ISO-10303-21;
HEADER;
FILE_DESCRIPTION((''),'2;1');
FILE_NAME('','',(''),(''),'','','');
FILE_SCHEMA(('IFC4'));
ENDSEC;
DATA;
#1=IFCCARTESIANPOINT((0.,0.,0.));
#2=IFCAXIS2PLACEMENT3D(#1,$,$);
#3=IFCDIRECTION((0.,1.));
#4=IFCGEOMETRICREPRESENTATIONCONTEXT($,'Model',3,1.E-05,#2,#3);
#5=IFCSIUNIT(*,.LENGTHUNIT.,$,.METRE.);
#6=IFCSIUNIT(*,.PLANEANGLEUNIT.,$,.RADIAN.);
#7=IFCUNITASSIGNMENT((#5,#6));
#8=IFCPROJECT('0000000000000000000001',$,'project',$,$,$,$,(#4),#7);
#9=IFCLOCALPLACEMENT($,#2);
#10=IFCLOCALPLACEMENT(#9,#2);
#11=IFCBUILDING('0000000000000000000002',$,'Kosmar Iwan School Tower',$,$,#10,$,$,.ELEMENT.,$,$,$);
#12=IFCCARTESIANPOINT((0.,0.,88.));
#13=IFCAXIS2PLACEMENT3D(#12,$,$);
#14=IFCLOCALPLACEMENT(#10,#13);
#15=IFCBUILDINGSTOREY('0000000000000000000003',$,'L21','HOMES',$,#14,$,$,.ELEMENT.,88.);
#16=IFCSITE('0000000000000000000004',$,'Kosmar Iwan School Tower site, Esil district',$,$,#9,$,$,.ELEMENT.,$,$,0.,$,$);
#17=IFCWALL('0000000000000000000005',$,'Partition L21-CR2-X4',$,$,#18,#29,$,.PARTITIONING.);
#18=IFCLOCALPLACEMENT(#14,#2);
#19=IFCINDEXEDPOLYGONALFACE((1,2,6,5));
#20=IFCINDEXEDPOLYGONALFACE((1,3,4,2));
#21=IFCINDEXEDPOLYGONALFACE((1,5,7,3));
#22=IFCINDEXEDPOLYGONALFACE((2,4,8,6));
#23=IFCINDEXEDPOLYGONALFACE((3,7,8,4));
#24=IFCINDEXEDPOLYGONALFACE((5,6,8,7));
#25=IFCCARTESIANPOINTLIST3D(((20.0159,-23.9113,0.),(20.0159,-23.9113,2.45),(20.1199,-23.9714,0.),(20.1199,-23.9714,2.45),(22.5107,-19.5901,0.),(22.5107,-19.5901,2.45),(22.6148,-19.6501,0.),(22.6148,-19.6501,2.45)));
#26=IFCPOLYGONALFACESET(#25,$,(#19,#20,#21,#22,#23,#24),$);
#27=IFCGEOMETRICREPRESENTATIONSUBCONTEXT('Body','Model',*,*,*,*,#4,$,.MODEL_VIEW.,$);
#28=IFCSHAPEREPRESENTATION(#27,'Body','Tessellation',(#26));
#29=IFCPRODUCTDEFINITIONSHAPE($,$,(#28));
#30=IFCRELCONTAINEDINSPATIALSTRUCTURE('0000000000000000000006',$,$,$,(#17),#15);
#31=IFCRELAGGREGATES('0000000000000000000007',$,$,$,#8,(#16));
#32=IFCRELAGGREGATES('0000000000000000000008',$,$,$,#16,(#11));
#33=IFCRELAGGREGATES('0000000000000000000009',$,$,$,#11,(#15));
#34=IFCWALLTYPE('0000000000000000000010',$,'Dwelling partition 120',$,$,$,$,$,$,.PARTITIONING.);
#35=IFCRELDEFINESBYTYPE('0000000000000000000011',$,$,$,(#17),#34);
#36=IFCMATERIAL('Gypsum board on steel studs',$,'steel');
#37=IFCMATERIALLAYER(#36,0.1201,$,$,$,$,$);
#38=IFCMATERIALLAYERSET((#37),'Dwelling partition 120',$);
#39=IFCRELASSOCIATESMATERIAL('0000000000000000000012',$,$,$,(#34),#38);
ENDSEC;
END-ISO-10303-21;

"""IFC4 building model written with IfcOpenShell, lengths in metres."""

from ifc_helpers import new_model, si_unit, direction, frame, frame_2d, origin, place, context, subcontext, project, spatial, rectangle, extrude, material, layer, layer_set, type_object, element, save


model = new_model("IFC4")

# Units and contexts
model_context = context("Model", 3, precision=1e-05, world=origin(), true_north=direction((0.0, 1.0)))
body_context = subcontext(model_context, "Body", "Model", "MODEL_VIEW")
ifc_project = project(units=[si_unit("LENGTHUNIT", "METRE"), si_unit("PLANEANGLEUNIT", "RADIAN")], contexts=[model_context])

# Site, building, storey
site_placement = place(None, origin())
site = spatial("IfcSite", under=ifc_project, at=site_placement, Name="Kosmar Iwan School Tower site, Esil district", CompositionType="ELEMENT", RefElevation=0.0)
building_placement = place(site_placement, origin())
building = spatial("IfcBuilding", under=site, at=building_placement, Name="Kosmar Iwan School Tower", CompositionType="ELEMENT")
storey_placement = place(building_placement, frame((0.0, 0.0, 88.0)))
storey = spatial("IfcBuildingStorey", under=building, at=storey_placement, Name="L21", Description="HOMES", CompositionType="ELEMENT", Elevation=88.0)

# Wall
ifc_material_1 = material(Name="Gypsum board on steel studs", Category="steel")
ifc_layer = layer(ifc_material_1, 0.1201)
ifc_layer_set = layer_set([ifc_layer], Name="Dwelling partition 120")
wall_type = type_object("IfcWallType", Name="Dwelling partition 120", PredefinedType="PARTITIONING", material=ifc_layer_set)
wall_1_placement = place(storey_placement, frame((22.5627, -19.6201, 0.0), z_axis=(0.0, 0.0, 1.0), x_axis=(-0.499996, -0.866028, 0.0)))
element("IfcWall", 1, at=wall_1_placement, inside=storey, type_object=wall_type, Name="Partition L21-CR2-X4", PredefinedType="PARTITIONING", context=body_context, shape_type="SweptSolid", body=[
    extrude(rectangle(XDim=4.9897, YDim=0.1201, at=frame_2d((2.4949, 0.0))), origin(), (0.0, 0.0, 1.0), 2.45),
])

save(model, "model.ifc")
